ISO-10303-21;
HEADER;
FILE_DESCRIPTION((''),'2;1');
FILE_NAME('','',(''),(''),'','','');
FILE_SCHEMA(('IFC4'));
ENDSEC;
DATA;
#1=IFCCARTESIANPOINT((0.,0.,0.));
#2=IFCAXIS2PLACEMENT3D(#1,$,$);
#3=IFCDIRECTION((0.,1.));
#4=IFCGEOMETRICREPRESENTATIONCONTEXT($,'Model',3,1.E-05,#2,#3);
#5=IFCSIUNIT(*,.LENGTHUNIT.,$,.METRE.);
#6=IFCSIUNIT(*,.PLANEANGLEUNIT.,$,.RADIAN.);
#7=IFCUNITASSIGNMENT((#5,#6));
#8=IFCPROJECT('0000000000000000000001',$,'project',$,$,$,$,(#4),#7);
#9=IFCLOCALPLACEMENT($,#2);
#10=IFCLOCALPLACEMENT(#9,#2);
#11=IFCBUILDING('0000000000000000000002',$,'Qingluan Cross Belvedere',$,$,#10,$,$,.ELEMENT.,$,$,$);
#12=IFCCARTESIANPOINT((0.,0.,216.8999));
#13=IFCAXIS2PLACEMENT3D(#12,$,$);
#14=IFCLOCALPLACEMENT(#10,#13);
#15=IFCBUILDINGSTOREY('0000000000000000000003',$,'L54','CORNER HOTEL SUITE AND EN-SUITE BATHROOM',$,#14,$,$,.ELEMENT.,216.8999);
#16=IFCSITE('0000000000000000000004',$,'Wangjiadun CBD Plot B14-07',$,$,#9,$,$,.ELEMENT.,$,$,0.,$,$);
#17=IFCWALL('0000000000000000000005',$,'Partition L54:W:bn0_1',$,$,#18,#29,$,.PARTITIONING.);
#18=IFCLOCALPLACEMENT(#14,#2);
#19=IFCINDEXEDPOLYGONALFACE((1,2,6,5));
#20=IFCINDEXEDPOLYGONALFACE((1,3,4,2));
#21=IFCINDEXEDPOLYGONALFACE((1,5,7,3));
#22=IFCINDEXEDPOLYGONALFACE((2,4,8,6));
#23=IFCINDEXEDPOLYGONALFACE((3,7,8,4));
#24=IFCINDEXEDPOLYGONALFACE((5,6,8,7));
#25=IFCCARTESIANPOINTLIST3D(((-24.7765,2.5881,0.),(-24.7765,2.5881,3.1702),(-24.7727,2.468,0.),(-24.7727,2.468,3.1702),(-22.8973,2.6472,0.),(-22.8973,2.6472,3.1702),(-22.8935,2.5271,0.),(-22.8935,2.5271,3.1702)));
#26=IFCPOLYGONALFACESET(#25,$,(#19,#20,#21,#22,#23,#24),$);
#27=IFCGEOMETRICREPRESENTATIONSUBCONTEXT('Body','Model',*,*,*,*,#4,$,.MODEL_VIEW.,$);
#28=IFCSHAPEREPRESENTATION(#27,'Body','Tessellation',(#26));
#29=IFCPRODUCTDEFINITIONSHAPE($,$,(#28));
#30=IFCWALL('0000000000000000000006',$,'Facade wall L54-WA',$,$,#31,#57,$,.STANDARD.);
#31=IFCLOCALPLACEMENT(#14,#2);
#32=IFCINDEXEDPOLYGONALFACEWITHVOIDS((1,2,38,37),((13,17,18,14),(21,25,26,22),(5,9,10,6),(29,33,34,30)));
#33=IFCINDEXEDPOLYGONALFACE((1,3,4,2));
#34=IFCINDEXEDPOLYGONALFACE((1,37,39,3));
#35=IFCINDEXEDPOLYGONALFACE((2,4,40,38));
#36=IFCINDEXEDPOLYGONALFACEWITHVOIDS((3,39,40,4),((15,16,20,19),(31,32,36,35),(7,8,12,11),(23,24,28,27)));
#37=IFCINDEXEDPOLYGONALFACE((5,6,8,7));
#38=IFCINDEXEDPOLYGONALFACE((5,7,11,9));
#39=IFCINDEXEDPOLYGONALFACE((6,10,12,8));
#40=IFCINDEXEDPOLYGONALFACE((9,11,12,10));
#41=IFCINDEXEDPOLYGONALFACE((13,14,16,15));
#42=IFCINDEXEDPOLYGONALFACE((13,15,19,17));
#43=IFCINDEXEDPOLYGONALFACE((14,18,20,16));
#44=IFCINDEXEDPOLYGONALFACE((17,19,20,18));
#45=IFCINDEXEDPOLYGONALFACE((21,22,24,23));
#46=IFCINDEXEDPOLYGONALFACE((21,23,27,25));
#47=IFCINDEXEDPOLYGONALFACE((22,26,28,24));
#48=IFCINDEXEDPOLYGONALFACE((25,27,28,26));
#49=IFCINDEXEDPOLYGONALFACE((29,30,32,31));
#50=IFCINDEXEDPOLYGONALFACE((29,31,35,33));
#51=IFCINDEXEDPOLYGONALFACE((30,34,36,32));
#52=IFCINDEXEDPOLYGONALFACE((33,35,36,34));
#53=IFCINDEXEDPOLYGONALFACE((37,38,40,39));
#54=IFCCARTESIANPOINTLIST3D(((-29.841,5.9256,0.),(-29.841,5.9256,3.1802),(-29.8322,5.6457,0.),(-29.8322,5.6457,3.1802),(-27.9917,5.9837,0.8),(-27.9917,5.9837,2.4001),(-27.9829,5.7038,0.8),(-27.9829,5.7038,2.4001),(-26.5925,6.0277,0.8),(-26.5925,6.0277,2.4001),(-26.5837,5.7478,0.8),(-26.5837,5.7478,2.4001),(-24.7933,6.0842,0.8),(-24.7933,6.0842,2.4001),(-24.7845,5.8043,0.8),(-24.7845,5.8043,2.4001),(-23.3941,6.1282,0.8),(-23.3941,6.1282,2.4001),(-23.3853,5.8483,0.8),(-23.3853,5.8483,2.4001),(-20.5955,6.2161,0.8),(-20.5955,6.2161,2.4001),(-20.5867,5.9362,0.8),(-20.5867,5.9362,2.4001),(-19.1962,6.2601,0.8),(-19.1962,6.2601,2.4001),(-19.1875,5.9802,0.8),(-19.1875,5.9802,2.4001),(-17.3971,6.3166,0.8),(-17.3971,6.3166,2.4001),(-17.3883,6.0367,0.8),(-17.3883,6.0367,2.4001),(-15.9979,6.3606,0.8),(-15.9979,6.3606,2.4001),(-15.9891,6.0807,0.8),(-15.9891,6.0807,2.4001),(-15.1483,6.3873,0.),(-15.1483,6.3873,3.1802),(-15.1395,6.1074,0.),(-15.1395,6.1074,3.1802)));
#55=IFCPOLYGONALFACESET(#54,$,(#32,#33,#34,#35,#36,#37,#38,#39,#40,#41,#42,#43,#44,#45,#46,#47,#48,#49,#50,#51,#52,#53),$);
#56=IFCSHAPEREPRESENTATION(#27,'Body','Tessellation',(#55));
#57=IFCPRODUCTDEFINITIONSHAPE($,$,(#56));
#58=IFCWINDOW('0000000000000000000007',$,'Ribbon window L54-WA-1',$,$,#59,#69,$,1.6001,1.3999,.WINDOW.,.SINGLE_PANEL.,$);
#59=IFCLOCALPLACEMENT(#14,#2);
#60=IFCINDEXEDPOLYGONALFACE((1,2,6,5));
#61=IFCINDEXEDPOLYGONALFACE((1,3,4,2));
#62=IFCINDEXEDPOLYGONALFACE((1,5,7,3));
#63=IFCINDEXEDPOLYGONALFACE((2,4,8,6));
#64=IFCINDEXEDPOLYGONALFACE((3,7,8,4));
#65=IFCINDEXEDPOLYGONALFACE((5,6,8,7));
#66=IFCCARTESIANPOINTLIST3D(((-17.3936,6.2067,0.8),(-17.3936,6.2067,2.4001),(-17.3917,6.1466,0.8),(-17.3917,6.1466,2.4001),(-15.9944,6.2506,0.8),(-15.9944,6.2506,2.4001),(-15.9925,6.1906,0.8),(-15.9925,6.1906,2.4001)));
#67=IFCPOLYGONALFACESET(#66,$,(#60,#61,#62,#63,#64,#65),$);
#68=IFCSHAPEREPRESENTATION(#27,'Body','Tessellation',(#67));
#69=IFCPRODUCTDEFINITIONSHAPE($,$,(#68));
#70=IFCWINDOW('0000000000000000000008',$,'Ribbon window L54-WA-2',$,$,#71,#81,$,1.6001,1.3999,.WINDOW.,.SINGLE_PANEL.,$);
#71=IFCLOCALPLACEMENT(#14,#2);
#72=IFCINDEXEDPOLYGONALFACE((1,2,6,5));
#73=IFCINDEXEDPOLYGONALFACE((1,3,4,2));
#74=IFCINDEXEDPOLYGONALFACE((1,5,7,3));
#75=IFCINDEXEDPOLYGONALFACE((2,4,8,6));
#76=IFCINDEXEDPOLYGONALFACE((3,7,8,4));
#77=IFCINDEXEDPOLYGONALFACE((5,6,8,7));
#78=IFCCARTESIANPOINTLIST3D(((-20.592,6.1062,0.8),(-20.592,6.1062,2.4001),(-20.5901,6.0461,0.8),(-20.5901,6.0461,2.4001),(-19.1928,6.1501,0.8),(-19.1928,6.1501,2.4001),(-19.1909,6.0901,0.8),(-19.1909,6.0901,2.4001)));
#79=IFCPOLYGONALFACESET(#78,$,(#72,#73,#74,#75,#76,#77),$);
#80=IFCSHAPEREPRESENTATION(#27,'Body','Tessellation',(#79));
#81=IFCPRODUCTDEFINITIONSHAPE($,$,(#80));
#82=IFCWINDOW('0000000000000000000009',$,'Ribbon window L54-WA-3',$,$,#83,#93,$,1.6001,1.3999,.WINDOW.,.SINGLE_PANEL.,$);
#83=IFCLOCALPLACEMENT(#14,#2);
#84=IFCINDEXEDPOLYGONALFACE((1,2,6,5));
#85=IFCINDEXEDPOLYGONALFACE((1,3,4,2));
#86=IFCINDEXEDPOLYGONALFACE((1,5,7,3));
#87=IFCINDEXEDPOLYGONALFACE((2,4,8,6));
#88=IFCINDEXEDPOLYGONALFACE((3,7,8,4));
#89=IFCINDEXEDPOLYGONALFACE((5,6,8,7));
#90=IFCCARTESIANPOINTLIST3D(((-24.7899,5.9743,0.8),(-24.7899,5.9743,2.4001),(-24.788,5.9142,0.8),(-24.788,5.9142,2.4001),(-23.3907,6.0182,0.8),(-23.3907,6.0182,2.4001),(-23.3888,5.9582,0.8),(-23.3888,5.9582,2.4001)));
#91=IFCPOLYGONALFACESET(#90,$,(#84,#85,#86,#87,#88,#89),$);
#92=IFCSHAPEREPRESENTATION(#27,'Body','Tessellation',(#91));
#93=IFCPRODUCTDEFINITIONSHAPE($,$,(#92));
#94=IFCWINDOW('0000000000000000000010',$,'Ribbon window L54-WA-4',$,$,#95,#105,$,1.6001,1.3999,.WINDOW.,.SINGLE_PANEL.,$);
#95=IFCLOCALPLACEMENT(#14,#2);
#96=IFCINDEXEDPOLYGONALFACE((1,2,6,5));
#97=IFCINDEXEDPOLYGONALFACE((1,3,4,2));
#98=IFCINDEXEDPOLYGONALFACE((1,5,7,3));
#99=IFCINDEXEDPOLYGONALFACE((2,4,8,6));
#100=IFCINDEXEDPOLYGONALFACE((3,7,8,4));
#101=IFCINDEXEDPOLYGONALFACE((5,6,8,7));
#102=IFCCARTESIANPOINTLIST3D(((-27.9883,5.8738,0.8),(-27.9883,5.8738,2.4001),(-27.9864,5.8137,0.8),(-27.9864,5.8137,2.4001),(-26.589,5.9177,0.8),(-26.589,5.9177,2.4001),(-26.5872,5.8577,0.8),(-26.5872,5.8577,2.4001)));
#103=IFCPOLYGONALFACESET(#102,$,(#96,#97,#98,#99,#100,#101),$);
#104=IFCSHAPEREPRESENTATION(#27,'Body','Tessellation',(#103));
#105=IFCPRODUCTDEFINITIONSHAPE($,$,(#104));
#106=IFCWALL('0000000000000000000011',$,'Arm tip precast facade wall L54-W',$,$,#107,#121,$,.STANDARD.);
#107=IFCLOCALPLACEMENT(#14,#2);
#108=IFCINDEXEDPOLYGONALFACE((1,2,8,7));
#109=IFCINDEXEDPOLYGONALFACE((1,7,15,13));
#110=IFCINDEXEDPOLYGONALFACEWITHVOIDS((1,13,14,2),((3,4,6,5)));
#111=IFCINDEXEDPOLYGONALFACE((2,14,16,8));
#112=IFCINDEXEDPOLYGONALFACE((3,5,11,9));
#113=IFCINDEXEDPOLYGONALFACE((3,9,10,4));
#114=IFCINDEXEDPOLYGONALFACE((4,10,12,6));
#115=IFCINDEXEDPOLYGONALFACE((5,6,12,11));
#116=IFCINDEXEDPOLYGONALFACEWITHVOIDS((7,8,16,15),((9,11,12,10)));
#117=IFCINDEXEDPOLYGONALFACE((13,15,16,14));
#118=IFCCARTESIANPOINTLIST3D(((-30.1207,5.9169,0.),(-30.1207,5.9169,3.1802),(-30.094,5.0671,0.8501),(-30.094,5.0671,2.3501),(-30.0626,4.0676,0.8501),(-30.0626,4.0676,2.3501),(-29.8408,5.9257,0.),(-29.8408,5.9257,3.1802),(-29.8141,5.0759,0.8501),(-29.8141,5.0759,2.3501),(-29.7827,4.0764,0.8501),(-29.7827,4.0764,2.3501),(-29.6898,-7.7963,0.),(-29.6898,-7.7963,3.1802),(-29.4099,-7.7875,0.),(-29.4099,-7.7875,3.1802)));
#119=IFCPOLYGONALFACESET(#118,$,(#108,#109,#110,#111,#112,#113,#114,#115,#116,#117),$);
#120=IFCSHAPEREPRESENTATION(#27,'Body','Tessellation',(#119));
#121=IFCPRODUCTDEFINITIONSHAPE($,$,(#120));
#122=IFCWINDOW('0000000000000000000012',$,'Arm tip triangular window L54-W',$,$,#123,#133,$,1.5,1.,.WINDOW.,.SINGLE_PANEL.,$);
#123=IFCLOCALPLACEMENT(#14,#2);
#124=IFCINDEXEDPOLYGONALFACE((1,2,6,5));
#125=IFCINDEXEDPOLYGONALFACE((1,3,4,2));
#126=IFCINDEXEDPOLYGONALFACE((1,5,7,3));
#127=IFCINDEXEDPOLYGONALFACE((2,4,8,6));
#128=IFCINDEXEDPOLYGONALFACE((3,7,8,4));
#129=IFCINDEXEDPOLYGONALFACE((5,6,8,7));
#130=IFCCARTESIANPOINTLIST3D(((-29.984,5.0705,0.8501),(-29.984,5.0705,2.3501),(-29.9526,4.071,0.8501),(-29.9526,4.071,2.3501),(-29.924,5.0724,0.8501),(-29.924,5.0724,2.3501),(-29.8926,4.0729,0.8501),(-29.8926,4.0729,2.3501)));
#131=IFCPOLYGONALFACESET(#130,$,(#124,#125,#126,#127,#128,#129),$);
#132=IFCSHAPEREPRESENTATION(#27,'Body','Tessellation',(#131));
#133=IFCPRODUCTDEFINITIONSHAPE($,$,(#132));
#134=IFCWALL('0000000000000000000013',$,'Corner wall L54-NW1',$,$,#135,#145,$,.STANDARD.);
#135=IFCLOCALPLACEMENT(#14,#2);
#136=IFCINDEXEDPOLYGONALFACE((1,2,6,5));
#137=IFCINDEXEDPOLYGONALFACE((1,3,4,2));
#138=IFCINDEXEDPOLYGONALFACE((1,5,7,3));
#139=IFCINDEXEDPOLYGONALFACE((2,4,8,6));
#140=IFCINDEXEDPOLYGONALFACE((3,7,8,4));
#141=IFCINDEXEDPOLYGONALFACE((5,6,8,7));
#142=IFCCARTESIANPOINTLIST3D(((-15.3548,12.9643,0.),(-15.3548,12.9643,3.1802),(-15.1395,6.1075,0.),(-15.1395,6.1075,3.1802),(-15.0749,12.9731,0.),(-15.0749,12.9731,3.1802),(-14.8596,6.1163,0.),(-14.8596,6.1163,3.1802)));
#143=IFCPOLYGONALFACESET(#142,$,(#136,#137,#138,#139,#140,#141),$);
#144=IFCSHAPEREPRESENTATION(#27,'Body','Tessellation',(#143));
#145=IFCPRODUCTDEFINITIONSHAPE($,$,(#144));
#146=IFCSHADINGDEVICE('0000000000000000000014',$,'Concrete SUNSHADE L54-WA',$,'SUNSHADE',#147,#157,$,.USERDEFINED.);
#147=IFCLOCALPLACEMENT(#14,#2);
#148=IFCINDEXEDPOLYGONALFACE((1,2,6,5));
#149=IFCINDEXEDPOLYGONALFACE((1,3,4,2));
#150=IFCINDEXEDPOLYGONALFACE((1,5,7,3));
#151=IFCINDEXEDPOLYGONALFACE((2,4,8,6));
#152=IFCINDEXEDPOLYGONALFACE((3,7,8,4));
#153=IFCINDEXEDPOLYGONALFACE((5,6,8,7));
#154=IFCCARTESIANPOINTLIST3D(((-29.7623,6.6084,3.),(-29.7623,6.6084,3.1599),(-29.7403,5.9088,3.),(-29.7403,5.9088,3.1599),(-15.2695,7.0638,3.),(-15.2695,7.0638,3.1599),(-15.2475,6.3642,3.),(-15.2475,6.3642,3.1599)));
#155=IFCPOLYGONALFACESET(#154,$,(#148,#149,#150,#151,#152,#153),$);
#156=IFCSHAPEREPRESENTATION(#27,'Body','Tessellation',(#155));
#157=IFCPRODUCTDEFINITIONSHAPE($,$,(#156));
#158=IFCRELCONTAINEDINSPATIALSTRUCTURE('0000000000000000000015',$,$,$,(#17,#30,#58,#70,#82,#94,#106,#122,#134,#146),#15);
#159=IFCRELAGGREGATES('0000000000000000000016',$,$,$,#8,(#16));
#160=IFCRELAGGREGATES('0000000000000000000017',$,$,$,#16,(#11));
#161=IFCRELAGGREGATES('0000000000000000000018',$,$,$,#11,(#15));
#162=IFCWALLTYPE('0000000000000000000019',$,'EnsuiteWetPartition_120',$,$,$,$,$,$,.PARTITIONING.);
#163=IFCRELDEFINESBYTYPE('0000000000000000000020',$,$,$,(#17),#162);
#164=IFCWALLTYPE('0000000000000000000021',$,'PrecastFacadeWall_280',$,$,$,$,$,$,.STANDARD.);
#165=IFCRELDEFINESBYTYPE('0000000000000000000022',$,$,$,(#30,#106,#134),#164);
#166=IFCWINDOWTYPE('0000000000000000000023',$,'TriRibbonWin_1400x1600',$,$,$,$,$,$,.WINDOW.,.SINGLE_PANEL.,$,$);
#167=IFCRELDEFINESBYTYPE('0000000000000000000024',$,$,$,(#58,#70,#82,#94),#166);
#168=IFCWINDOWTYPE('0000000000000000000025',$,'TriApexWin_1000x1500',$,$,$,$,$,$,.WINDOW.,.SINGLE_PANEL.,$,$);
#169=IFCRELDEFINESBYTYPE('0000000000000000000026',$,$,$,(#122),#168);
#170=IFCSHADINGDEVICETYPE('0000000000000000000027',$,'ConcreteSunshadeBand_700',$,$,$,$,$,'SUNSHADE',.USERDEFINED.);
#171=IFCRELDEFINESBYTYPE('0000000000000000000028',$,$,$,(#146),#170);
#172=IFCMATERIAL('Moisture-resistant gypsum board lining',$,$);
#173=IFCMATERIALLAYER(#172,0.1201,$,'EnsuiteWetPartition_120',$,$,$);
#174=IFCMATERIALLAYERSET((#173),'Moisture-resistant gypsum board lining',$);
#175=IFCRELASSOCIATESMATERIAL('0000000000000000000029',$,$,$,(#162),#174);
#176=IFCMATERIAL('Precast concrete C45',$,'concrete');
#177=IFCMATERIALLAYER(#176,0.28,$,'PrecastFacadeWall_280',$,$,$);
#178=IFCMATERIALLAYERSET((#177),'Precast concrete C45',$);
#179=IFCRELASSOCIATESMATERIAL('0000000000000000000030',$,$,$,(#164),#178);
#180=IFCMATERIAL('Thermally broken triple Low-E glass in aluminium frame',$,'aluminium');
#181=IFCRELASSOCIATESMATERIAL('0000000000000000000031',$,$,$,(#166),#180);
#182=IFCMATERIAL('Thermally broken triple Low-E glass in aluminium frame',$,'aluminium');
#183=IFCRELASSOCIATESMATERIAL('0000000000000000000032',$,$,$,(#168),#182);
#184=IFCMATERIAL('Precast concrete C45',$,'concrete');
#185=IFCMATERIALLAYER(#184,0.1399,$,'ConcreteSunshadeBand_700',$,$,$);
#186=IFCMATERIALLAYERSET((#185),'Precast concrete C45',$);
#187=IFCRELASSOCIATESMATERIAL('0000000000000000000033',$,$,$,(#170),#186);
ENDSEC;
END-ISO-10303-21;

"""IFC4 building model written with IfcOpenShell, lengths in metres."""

from ifc_helpers import new_model, si_unit, direction, frame, frame_2d, origin, origin_2d, place, context, subcontext, project, spatial, rectangle, extrude, material, layer, layer_set, type_object, element, fill, save


model = new_model("IFC4")

# Units and contexts
model_context = context("Model", 3, precision=1e-05, world=origin(), true_north=direction((0.0, 1.0)))
body_context = subcontext(model_context, "Body", "Model", "MODEL_VIEW")
ifc_project = project(units=[si_unit("LENGTHUNIT", "METRE"), si_unit("PLANEANGLEUNIT", "RADIAN")], contexts=[model_context])

# Site, building, storey
site_placement = place(None, origin())
site = spatial("IfcSite", under=ifc_project, at=site_placement, Name="Wangjiadun CBD Plot B14-07", CompositionType="ELEMENT", RefElevation=0.0)
building_placement = place(site_placement, origin())
building = spatial("IfcBuilding", under=site, at=building_placement, Name="Qingluan Cross Belvedere", CompositionType="ELEMENT")
storey_placement = place(building_placement, frame((0.0, 0.0, 216.8999)))
storey = spatial("IfcBuildingStorey", under=building, at=storey_placement, Name="L54", Description="CORNER HOTEL SUITE AND EN-SUITE BATHROOM", CompositionType="ELEMENT", Elevation=216.8999)

# Shared definitions
ifc_material_1 = material(Name="Moisture-resistant gypsum board lining")
ifc_layer_1 = layer(ifc_material_1, 0.1201, Name="EnsuiteWetPartition_120")
ifc_layer_set_1 = layer_set([ifc_layer_1], Name="Moisture-resistant gypsum board lining")
wall_type_1 = type_object("IfcWallType", Name="EnsuiteWetPartition_120", PredefinedType="PARTITIONING", material=ifc_layer_set_1)

# Wall
wall_1_placement = place(storey_placement, frame((-22.8955, 2.5872, 0.0), z_axis=(0.0, 0.0, 1.0), x_axis=(-0.999506, -0.031425, 0.0)))
element("IfcWall", 1, at=wall_1_placement, inside=storey, type_object=wall_type_1, Name="Partition L54:W:bn0_1", PredefinedType="PARTITIONING", context=body_context, shape_type="SweptSolid", body=[
    extrude(rectangle(XDim=1.8801, YDim=0.1201, at=frame_2d((0.9399, 0.0))), origin(), (0.0, 0.0, 1.0), 3.1702),
])

# Wall, openings, windows
ifc_material_2 = material(Name="Precast concrete C45", Category="concrete")
ifc_layer_2 = layer(ifc_material_2, 0.28, Name="PrecastFacadeWall_280")
ifc_layer_set_2 = layer_set([ifc_layer_2], Name="Precast concrete C45")
wall_type_2 = type_object("IfcWallType", Name="PrecastFacadeWall_280", PredefinedType="STANDARD", material=ifc_layer_set_2)
wall_2_placement = place(storey_placement, frame((-15.1438, 6.2473, 0.0), z_axis=(0.0, 0.0, 1.0), x_axis=(-0.999507, -0.031406, 0.0)))
wall_2 = element("IfcWall", 2, at=wall_2_placement, inside=storey, type_object=wall_type_2, Name="Facade wall L54-WA", PredefinedType="STANDARD", context=body_context, shape_type="SweptSolid", body=[
    extrude(rectangle(XDim=14.7, YDim=0.28, at=frame_2d((7.3501, 0.0))), origin(), (0.0, 0.0, 1.0), 3.1802),
])
opening_1_placement = place(wall_2_placement, frame((0.8501, 0.0, 0.8)))
opening_1 = element("IfcOpeningElement", 3, at=opening_1_placement, cuts=wall_2, PredefinedType="OPENING", context=body_context, shape_type="SweptSolid", body=[
    extrude(rectangle(XDim=1.3999, YDim=1.6001, at=frame_2d((0.7, 0.8))), frame((0.0, 0.1499, 0.0), z_axis=(0.0, -1.0, 0.0), x_axis=(1.0, 0.0, 0.0)), (0.0, 0.0, 1.0), 0.3),
])
opening_2_placement = place(wall_2_placement, frame((4.05, 0.0, 0.8)))
opening_2 = element("IfcOpeningElement", 4, at=opening_2_placement, cuts=wall_2, PredefinedType="OPENING", context=body_context, shape_type="SweptSolid", body=[
    extrude(rectangle(XDim=1.3999, YDim=1.6001, at=frame_2d((0.7, 0.8))), frame((0.0, 0.1499, 0.0), z_axis=(0.0, -1.0, 0.0), x_axis=(1.0, 0.0, 0.0)), (0.0, 0.0, 1.0), 0.3),
])
opening_3_placement = place(wall_2_placement, frame((8.25, 0.0, 0.8)))
opening_3 = element("IfcOpeningElement", 5, at=opening_3_placement, cuts=wall_2, PredefinedType="OPENING", context=body_context, shape_type="SweptSolid", body=[
    extrude(rectangle(XDim=1.3999, YDim=1.6001, at=frame_2d((0.7, 0.8))), frame((0.0, 0.1499, 0.0), z_axis=(0.0, -1.0, 0.0), x_axis=(1.0, 0.0, 0.0)), (0.0, 0.0, 1.0), 0.3),
])
opening_4_placement = place(wall_2_placement, frame((11.45, 0.0, 0.8)))
opening_4 = element("IfcOpeningElement", 6, at=opening_4_placement, cuts=wall_2, PredefinedType="OPENING", context=body_context, shape_type="SweptSolid", body=[
    extrude(rectangle(XDim=1.3999, YDim=1.6001, at=frame_2d((0.7, 0.8))), frame((0.0, 0.1499, 0.0), z_axis=(0.0, -1.0, 0.0), x_axis=(1.0, 0.0, 0.0)), (0.0, 0.0, 1.0), 0.3),
])
ifc_material_3 = material(Name="Thermally broken triple Low-E glass in aluminium frame", Category="aluminium")
window_type_1 = type_object("IfcWindowType", Name="TriRibbonWin_1400x1600", PartitioningType="SINGLE_PANEL", PredefinedType="WINDOW", material=ifc_material_3)
window_1_placement = place(opening_1_placement, origin())
window_1 = element("IfcWindow", 7, at=window_1_placement, inside=storey, type_object=window_type_1, Name="Ribbon window L54-WA-1", OverallHeight=1.6001, OverallWidth=1.3999, PartitioningType="SINGLE_PANEL", PredefinedType="WINDOW", context=body_context, shape_type="SweptSolid", body=[
    extrude(rectangle(XDim=1.3999, YDim=1.6001, at=frame_2d((0.7, 0.8))), frame((0.0, 0.03, 0.0), z_axis=(0.0, -1.0, 0.0), x_axis=(1.0, 0.0, 0.0)), (0.0, 0.0, 1.0), 0.0601),
])
fill(opening_1, window_1)
window_2_placement = place(opening_2_placement, origin())
window_2 = element("IfcWindow", 8, at=window_2_placement, inside=storey, type_object=window_type_1, Name="Ribbon window L54-WA-2", OverallHeight=1.6001, OverallWidth=1.3999, PartitioningType="SINGLE_PANEL", PredefinedType="WINDOW", context=body_context, shape_type="SweptSolid", body=[
    extrude(rectangle(XDim=1.3999, YDim=1.6001, at=frame_2d((0.7, 0.8))), frame((0.0, 0.03, 0.0), z_axis=(0.0, -1.0, 0.0), x_axis=(1.0, 0.0, 0.0)), (0.0, 0.0, 1.0), 0.0601),
])
fill(opening_2, window_2)
window_3_placement = place(opening_3_placement, origin())
window_3 = element("IfcWindow", 9, at=window_3_placement, inside=storey, type_object=window_type_1, Name="Ribbon window L54-WA-3", OverallHeight=1.6001, OverallWidth=1.3999, PartitioningType="SINGLE_PANEL", PredefinedType="WINDOW", context=body_context, shape_type="SweptSolid", body=[
    extrude(rectangle(XDim=1.3999, YDim=1.6001, at=frame_2d((0.7, 0.8))), frame((0.0, 0.03, 0.0), z_axis=(0.0, -1.0, 0.0), x_axis=(1.0, 0.0, 0.0)), (0.0, 0.0, 1.0), 0.0601),
])
fill(opening_3, window_3)
window_4_placement = place(opening_4_placement, origin())
window_4 = element("IfcWindow", 10, at=window_4_placement, inside=storey, type_object=window_type_1, Name="Ribbon window L54-WA-4", OverallHeight=1.6001, OverallWidth=1.3999, PartitioningType="SINGLE_PANEL", PredefinedType="WINDOW", context=body_context, shape_type="SweptSolid", body=[
    extrude(rectangle(XDim=1.3999, YDim=1.6001, at=frame_2d((0.7, 0.8))), frame((0.0, 0.03, 0.0), z_axis=(0.0, -1.0, 0.0), x_axis=(1.0, 0.0, 0.0)), (0.0, 0.0, 1.0), 0.0601),
])
fill(opening_4, window_4)

# Wall, opening, window
wall_3_placement = place(storey_placement, frame((-29.9807, 5.9211, 0.0), z_axis=(0.0, 0.0, 1.0), x_axis=(0.031408, -0.999507, 0.0)))
wall_3 = element("IfcWall", 11, at=wall_3_placement, inside=storey, type_object=wall_type_2, Name="Arm tip precast facade wall L54-W", PredefinedType="STANDARD", context=body_context, shape_type="SweptSolid", body=[
    extrude(rectangle(XDim=13.72, YDim=0.28, at=frame_2d((6.8599, 0.0))), origin(), (0.0, 0.0, 1.0), 3.1802),
])
opening_5_placement = place(wall_3_placement, frame((0.8501, 0.0, 0.8501)))
opening_5 = element("IfcOpeningElement", 12, at=opening_5_placement, cuts=wall_3, PredefinedType="OPENING", context=body_context, shape_type="SweptSolid", body=[
    extrude(rectangle(XDim=1.0, YDim=1.5, at=frame_2d((0.5, 0.75))), frame((0.0, 0.1499, 0.0), z_axis=(0.0, -1.0, 0.0), x_axis=(1.0, 0.0, 0.0)), (0.0, 0.0, 1.0), 0.3),
])
ifc_material_4 = material(Name="Thermally broken triple Low-E glass in aluminium frame", Category="aluminium")
window_type_2 = type_object("IfcWindowType", Name="TriApexWin_1000x1500", PartitioningType="SINGLE_PANEL", PredefinedType="WINDOW", material=ifc_material_4)
window_5_placement = place(opening_5_placement, origin())
window_5 = element("IfcWindow", 13, at=window_5_placement, inside=storey, type_object=window_type_2, Name="Arm tip triangular window L54-W", OverallHeight=1.5, OverallWidth=1.0, PartitioningType="SINGLE_PANEL", PredefinedType="WINDOW", context=body_context, shape_type="SweptSolid", body=[
    extrude(rectangle(XDim=1.0, YDim=1.5, at=frame_2d((0.5, 0.75))), frame((0.0, 0.03, 0.0), z_axis=(0.0, -1.0, 0.0), x_axis=(1.0, 0.0, 0.0)), (0.0, 0.0, 1.0), 0.0601),
])
fill(opening_5, window_5)

# Wall
wall_4_placement = place(storey_placement, frame((-14.9995, 6.1118, 0.0), z_axis=(0.0, 0.0, 1.0), x_axis=(-0.031389, 0.999507, 0.0)))
element("IfcWall", 14, at=wall_4_placement, inside=storey, type_object=wall_type_2, Name="Corner wall L54-NW1", PredefinedType="STANDARD", context=body_context, shape_type="SweptSolid", body=[
    extrude(rectangle(XDim=6.8601, YDim=0.28, at=frame_2d((3.4302, 0.0))), origin(), (0.0, 0.0, 1.0), 3.1802),
])

# Shading device
ifc_material_5 = material(Name="Precast concrete C45", Category="concrete")
ifc_layer_3 = layer(ifc_material_5, 0.1399, Name="ConcreteSunshadeBand_700")
ifc_layer_set_3 = layer_set([ifc_layer_3], Name="Precast concrete C45")
shading_device_type = type_object("IfcShadingDeviceType", Name="ConcreteSunshadeBand_700", ElementType="SUNSHADE", PredefinedType="USERDEFINED", material=ifc_layer_set_3)
shading_device_placement = place(storey_placement, frame((-22.5049, 6.4863, 3.0), z_axis=(0.0, 0.0, 1.0), x_axis=(-0.999507, -0.031408, 0.0)))
element("IfcShadingDevice", 15, at=shading_device_placement, inside=storey, type_object=shading_device_type, Name="Concrete SUNSHADE L54-WA", ObjectType="SUNSHADE", PredefinedType="USERDEFINED", context=body_context, shape_type="SweptSolid", body=[
    extrude(rectangle(XDim=14.5, YDim=0.7, at=origin_2d()), origin(), (0.0, 0.0, 1.0), 0.1599),
])

save(model, "model.ifc")
